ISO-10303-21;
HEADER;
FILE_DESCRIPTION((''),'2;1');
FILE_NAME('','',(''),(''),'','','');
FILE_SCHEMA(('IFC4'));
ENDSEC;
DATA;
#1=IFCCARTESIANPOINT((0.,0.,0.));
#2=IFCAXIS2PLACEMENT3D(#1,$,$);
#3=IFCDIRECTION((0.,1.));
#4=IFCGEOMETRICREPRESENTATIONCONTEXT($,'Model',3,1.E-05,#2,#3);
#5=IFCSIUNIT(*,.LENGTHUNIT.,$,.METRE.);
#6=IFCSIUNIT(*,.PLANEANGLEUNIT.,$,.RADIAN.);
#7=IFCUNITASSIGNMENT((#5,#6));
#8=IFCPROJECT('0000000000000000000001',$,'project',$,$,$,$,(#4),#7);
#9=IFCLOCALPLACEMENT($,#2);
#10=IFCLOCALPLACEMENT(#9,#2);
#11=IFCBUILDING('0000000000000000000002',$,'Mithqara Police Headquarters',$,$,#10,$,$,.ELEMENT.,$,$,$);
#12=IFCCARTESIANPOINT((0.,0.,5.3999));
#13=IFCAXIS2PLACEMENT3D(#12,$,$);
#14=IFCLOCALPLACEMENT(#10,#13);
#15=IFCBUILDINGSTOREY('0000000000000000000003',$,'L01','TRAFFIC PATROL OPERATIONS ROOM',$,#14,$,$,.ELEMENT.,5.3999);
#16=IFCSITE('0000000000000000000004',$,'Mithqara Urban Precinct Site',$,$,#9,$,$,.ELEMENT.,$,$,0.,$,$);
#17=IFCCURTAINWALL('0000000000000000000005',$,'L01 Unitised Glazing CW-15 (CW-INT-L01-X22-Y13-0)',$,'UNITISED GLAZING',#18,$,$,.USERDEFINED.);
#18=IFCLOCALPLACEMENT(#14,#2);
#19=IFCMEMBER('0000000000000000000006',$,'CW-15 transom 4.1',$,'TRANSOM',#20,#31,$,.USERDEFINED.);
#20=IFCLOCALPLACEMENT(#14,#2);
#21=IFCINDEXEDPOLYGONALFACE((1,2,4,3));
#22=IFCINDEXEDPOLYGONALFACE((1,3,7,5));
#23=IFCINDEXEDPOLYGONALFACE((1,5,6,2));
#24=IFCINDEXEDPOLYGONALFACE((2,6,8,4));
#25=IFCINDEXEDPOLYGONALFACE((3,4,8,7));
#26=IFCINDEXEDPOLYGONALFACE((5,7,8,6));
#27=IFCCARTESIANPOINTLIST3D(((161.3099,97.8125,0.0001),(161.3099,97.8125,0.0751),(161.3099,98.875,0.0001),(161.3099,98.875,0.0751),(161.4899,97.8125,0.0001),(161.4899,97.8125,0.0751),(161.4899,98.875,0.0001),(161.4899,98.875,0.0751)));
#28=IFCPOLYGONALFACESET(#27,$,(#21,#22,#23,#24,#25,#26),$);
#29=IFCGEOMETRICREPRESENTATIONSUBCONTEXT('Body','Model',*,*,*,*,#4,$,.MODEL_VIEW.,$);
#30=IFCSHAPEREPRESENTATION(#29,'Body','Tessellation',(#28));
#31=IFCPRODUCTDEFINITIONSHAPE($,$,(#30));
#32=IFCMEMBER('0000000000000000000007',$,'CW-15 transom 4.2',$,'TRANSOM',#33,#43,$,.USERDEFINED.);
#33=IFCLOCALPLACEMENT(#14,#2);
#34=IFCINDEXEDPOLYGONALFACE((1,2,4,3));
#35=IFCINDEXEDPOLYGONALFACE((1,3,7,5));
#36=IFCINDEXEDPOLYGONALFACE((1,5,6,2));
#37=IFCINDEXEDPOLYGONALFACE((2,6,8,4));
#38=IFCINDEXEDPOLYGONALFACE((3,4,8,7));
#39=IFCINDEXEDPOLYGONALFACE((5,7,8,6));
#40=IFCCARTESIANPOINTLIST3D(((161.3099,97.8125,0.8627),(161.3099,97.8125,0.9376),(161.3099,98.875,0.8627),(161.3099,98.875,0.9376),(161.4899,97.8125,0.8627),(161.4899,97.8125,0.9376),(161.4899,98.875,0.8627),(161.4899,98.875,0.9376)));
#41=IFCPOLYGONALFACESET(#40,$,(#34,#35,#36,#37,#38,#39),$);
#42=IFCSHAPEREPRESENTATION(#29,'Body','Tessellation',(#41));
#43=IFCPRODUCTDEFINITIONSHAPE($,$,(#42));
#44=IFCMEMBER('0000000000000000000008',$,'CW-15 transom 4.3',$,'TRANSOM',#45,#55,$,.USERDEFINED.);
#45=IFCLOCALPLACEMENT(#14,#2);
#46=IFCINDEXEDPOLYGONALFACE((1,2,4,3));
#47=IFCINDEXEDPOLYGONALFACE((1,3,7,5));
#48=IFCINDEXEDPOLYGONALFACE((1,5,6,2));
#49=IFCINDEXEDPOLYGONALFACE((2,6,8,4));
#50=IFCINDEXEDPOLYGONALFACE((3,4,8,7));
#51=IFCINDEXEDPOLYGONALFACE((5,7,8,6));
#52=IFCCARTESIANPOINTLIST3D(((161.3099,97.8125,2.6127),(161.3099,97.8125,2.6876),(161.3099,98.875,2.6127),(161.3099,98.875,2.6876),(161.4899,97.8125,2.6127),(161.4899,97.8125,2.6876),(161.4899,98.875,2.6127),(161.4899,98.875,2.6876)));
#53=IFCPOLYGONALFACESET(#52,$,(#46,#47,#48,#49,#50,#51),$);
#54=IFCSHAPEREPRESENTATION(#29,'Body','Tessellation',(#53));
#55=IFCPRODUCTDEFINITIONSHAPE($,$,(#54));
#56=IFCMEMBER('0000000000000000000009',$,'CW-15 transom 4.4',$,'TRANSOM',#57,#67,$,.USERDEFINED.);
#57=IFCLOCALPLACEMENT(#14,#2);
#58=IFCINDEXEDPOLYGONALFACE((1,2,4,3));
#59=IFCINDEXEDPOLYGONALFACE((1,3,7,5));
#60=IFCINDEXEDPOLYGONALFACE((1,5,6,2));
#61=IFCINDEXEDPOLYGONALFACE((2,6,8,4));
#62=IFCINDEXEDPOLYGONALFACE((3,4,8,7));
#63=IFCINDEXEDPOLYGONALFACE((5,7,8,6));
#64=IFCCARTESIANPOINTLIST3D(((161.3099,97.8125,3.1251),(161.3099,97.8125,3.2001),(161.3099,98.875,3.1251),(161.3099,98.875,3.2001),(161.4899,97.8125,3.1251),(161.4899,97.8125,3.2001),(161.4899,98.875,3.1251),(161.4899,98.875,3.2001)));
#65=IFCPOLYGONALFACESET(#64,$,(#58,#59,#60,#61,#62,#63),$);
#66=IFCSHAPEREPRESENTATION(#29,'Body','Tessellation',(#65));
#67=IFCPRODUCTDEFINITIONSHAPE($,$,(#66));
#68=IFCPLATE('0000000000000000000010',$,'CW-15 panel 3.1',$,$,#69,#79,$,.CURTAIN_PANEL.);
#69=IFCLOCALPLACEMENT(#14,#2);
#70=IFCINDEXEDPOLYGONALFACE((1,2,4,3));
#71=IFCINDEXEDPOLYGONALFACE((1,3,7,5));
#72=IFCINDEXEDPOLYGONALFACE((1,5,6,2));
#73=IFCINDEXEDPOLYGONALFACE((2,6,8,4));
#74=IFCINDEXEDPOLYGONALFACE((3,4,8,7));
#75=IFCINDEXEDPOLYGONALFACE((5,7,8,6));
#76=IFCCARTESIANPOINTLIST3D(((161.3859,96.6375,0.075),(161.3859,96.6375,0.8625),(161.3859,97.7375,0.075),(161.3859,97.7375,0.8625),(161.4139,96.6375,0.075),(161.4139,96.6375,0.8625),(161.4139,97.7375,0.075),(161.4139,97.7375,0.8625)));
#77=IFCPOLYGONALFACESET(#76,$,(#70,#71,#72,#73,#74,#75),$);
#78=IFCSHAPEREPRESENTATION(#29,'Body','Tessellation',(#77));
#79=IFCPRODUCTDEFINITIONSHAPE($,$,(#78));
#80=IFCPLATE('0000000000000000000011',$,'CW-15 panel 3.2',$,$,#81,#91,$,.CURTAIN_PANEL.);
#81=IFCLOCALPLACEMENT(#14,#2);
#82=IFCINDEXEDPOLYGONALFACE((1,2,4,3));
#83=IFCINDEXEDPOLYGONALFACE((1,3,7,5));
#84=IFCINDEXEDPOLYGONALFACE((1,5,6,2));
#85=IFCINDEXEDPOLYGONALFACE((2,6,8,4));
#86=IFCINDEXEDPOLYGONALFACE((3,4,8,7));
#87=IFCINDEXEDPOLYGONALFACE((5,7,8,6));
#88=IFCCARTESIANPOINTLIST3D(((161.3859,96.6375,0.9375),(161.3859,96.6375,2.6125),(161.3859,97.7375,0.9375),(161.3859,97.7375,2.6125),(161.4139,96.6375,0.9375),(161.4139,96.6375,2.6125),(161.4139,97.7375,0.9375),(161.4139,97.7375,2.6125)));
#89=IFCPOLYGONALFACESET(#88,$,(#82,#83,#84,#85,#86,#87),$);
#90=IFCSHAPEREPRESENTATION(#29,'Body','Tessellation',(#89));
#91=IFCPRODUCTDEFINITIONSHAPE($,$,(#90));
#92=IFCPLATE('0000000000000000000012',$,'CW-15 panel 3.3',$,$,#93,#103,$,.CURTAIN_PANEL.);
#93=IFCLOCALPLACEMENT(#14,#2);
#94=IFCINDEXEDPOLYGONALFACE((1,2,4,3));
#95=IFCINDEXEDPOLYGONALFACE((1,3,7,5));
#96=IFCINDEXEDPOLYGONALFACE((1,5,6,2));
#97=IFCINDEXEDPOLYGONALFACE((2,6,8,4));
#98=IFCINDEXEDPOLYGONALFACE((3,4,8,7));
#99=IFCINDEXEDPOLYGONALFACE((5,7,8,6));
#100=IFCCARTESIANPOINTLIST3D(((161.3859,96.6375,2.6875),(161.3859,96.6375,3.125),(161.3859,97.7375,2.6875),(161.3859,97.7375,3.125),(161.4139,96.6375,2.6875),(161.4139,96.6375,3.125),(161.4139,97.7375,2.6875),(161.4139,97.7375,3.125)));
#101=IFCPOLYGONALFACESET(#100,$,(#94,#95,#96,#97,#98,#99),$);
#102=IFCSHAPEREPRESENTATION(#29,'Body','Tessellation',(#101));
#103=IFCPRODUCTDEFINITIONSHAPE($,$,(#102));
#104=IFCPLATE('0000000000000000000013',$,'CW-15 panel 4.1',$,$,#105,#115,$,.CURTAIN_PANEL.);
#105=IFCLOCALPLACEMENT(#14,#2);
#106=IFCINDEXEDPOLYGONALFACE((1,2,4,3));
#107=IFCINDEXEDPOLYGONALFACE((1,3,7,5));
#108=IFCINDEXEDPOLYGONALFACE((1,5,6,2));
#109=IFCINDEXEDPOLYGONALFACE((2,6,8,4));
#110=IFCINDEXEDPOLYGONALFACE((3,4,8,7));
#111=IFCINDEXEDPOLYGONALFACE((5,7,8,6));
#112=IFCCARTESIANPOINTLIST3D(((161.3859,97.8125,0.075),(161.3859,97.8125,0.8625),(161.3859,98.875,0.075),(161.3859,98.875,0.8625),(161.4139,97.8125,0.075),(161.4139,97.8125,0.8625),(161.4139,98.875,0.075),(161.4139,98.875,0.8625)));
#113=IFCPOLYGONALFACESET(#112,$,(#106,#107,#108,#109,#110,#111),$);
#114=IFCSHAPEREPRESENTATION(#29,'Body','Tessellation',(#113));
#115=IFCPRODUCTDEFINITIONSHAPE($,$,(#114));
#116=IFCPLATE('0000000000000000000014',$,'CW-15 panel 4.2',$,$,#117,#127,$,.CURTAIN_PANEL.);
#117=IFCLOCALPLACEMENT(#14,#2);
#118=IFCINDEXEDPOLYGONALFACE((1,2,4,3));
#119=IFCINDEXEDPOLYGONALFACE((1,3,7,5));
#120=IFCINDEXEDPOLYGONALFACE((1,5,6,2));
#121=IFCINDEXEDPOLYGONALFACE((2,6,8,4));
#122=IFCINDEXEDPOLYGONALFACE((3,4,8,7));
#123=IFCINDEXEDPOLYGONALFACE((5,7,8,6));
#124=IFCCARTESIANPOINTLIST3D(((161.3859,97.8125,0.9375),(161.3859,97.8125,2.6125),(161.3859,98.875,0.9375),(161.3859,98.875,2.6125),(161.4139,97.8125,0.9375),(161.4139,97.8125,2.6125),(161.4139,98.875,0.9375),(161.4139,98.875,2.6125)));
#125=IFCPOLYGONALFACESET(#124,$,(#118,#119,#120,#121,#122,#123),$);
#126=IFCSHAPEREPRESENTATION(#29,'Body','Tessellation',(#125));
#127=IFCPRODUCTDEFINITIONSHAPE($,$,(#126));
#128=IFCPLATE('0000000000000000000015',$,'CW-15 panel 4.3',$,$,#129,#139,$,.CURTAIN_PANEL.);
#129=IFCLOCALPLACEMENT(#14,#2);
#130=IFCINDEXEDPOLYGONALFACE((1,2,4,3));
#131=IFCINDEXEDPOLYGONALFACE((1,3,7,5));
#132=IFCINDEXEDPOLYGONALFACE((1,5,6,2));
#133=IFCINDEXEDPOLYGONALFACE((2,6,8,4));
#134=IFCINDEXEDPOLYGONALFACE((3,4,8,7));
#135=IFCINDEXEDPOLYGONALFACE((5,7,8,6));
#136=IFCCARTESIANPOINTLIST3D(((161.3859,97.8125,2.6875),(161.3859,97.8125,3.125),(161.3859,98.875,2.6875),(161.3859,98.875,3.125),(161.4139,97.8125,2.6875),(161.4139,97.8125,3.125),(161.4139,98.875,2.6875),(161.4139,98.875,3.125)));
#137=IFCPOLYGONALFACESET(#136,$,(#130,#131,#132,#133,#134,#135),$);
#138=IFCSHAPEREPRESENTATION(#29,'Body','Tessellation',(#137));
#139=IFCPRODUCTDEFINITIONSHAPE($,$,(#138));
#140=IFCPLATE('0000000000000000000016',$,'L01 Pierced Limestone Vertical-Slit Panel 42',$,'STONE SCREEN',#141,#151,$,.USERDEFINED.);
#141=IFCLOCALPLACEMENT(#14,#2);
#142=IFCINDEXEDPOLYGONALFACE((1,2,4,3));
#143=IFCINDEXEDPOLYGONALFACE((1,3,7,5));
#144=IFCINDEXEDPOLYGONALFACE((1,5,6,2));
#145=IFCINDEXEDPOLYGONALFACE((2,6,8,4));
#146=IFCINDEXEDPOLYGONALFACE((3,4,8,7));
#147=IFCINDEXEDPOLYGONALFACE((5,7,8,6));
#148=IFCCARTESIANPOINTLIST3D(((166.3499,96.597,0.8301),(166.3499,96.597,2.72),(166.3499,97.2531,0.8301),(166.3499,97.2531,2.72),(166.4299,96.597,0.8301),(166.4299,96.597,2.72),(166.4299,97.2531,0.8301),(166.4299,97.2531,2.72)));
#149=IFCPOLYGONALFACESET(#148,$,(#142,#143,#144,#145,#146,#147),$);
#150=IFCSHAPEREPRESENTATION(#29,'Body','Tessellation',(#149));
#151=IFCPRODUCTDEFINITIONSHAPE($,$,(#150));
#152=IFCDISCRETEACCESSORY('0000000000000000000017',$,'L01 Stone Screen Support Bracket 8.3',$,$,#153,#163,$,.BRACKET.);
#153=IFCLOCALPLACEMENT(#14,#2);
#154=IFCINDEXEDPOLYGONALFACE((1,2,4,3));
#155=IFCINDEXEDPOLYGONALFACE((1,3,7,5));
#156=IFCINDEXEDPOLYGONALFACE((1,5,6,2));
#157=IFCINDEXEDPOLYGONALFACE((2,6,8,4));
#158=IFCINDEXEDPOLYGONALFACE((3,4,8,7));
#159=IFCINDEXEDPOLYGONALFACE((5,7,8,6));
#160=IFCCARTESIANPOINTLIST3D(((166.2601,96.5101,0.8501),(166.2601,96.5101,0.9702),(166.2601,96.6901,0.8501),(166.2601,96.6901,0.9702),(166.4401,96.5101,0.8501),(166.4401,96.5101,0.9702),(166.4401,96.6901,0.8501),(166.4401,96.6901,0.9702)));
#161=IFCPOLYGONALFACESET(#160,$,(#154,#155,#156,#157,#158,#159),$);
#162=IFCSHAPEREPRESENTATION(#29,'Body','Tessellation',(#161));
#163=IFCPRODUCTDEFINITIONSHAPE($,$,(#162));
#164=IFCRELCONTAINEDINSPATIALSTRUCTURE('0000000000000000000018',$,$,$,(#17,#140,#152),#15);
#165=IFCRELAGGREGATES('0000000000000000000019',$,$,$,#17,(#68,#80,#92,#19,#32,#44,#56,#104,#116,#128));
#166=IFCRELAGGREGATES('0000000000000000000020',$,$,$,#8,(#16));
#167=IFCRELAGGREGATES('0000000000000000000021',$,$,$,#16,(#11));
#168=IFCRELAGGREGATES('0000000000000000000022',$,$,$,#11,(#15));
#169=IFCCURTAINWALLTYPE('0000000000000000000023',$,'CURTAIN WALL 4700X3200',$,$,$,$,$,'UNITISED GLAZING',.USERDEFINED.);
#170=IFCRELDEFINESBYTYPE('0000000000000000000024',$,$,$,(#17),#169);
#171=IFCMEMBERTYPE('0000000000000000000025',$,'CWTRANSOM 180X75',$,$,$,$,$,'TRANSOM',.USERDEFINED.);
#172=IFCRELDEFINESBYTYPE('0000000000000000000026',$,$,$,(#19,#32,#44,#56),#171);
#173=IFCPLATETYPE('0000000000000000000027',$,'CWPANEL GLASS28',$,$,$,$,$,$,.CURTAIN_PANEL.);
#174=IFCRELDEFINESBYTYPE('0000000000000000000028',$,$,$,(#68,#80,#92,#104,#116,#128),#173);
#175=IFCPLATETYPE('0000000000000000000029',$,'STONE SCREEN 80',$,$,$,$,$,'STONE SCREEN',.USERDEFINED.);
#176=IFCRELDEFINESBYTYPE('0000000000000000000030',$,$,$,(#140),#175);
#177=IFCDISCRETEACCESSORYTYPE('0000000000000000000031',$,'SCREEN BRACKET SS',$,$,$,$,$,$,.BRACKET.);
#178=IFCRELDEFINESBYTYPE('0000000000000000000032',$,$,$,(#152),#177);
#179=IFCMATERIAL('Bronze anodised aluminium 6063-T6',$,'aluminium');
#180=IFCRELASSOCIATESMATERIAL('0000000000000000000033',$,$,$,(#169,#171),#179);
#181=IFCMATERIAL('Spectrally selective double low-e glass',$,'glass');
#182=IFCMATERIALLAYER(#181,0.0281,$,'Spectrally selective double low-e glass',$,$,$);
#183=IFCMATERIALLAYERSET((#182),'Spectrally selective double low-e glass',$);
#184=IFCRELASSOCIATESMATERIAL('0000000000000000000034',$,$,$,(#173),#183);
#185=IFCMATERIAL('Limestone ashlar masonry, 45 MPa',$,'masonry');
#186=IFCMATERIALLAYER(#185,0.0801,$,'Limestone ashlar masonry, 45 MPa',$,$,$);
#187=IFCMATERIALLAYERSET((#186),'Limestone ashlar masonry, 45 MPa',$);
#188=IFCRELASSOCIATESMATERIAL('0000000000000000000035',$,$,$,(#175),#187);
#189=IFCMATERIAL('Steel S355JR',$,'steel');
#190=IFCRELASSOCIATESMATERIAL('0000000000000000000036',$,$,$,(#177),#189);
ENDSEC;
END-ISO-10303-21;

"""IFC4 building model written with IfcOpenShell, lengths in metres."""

from ifc_helpers import new_model, si_unit, direction, frame, origin, origin_2d, place, context, subcontext, project, spatial, rectangle, extrude, material, layer, layer_set, material_profile, profile_set, type_object, element, aggregate, save


model = new_model("IFC4")

# Units and contexts
model_context = context("Model", 3, precision=1e-05, world=origin(), true_north=direction((0.0, 1.0)))
body_context = subcontext(model_context, "Body", "Model", "MODEL_VIEW")
ifc_project = project(units=[si_unit("LENGTHUNIT", "METRE"), si_unit("PLANEANGLEUNIT", "RADIAN")], contexts=[model_context])

# Site, building, storey
site_placement = place(None, origin())
site = spatial("IfcSite", under=ifc_project, at=site_placement, Name="Mithqara Urban Precinct Site", CompositionType="ELEMENT", RefElevation=0.0)
building_placement = place(site_placement, origin())
building = spatial("IfcBuilding", under=site, at=building_placement, Name="Mithqara Police Headquarters", CompositionType="ELEMENT")
storey_placement = place(building_placement, frame((0.0, 0.0, 5.3999)))
storey = spatial("IfcBuildingStorey", under=building, at=storey_placement, Name="L01", Description="TRAFFIC PATROL OPERATIONS ROOM", CompositionType="ELEMENT", Elevation=5.3999)

# Shared definitions
ifc_material_1 = material(Name="Steel S355JR", Category="steel")

# Curtain wall
ifc_material_2 = material(Name="Bronze anodised aluminium 6063-T6", Category="aluminium")
curtain_wall_type = type_object("IfcCurtainWallType", Name="CURTAIN WALL 4700X3200", ElementType="UNITISED GLAZING", PredefinedType="USERDEFINED", material=ifc_material_2)
curtain_wall_1_placement = place(storey_placement, origin())
curtain_wall_1 = element("IfcCurtainWall", 1, at=curtain_wall_1_placement, inside=storey, type_object=curtain_wall_type, Name="L01 Unitised Glazing CW-15 (CW-INT-L01-X22-Y13-0)", ObjectType="UNITISED GLAZING", PredefinedType="USERDEFINED")

# Members
ifc_material_profile_1 = material_profile(ifc_material_2, rectangle(XDim=0.1799, YDim=0.075, at=origin_2d()), Name="CWT 180x75")
ifc_profile_set_1 = profile_set([ifc_material_profile_1], Name="Bronze anodised aluminium 6063-T6")
member_type_1 = type_object("IfcMemberType", Name="CWTRANSOM 180X75", ElementType="TRANSOM", PredefinedType="USERDEFINED", material=ifc_profile_set_1)
member_1_placement = place(storey_placement, frame((161.3999, 97.8125, 0.0376), z_axis=(0.0, 1.0, 0.0), x_axis=(-1.0, 0.0, 0.0)))
member_1 = element("IfcMember", 2, at=member_1_placement, type_object=member_type_1, Name="CW-15 transom 4.1", ObjectType="TRANSOM", PredefinedType="USERDEFINED", context=body_context, shape_type="SweptSolid", body=[
    extrude(rectangle(XDim=0.1799, YDim=0.075, at=origin_2d()), origin(), (0.0, 0.0, 1.0), 1.0625),
])
member_2_placement = place(storey_placement, frame((161.3999, 97.8125, 0.9001), z_axis=(0.0, 1.0, 0.0), x_axis=(-1.0, 0.0, 0.0)))
member_2 = element("IfcMember", 3, at=member_2_placement, type_object=member_type_1, Name="CW-15 transom 4.2", ObjectType="TRANSOM", PredefinedType="USERDEFINED", context=body_context, shape_type="SweptSolid", body=[
    extrude(rectangle(XDim=0.1799, YDim=0.075, at=origin_2d()), origin(), (0.0, 0.0, 1.0), 1.0625),
])
member_3_placement = place(storey_placement, frame((161.3999, 97.8125, 2.6501), z_axis=(0.0, 1.0, 0.0), x_axis=(-1.0, 0.0, 0.0)))
member_3 = element("IfcMember", 4, at=member_3_placement, type_object=member_type_1, Name="CW-15 transom 4.3", ObjectType="TRANSOM", PredefinedType="USERDEFINED", context=body_context, shape_type="SweptSolid", body=[
    extrude(rectangle(XDim=0.1799, YDim=0.075, at=origin_2d()), origin(), (0.0, 0.0, 1.0), 1.0625),
])
member_4_placement = place(storey_placement, frame((161.3999, 97.8125, 3.1626), z_axis=(0.0, 1.0, 0.0), x_axis=(-1.0, 0.0, 0.0)))
member_4 = element("IfcMember", 5, at=member_4_placement, type_object=member_type_1, Name="CW-15 transom 4.4", ObjectType="TRANSOM", PredefinedType="USERDEFINED", context=body_context, shape_type="SweptSolid", body=[
    extrude(rectangle(XDim=0.1799, YDim=0.075, at=origin_2d()), origin(), (0.0, 0.0, 1.0), 1.0625),
])

# Plates
ifc_material_3 = material(Name="Spectrally selective double low-e glass", Category="glass")
ifc_layer_1 = layer(ifc_material_3, 0.0281, Name="Spectrally selective double low-e glass")
ifc_layer_set_1 = layer_set([ifc_layer_1], Name="Spectrally selective double low-e glass")
plate_type_1 = type_object("IfcPlateType", Name="CWPANEL GLASS28", PredefinedType="CURTAIN_PANEL", material=ifc_layer_set_1)
plate_1_placement = place(storey_placement, frame((161.3999, 97.1875, 0.075), z_axis=(0.0, 0.0, 1.0), x_axis=(0.0, 1.0, 0.0)))
plate_1 = element("IfcPlate", 6, at=plate_1_placement, type_object=plate_type_1, Name="CW-15 panel 3.1", PredefinedType="CURTAIN_PANEL", context=body_context, shape_type="SweptSolid", body=[
    extrude(rectangle(XDim=1.1001, YDim=0.0281, at=origin_2d()), origin(), (0.0, 0.0, 1.0), 0.7876),
])
plate_2_placement = place(storey_placement, frame((161.3999, 97.1875, 0.9375), z_axis=(0.0, 0.0, 1.0), x_axis=(0.0, 1.0, 0.0)))
plate_2 = element("IfcPlate", 7, at=plate_2_placement, type_object=plate_type_1, Name="CW-15 panel 3.2", PredefinedType="CURTAIN_PANEL", context=body_context, shape_type="SweptSolid", body=[
    extrude(rectangle(XDim=1.1001, YDim=0.0281, at=origin_2d()), origin(), (0.0, 0.0, 1.0), 1.675),
])
plate_3_placement = place(storey_placement, frame((161.3999, 97.1875, 2.6875), z_axis=(0.0, 0.0, 1.0), x_axis=(0.0, 1.0, 0.0)))
plate_3 = element("IfcPlate", 8, at=plate_3_placement, type_object=plate_type_1, Name="CW-15 panel 3.3", PredefinedType="CURTAIN_PANEL", context=body_context, shape_type="SweptSolid", body=[
    extrude(rectangle(XDim=1.1001, YDim=0.0281, at=origin_2d()), origin(), (0.0, 0.0, 1.0), 0.4375),
])
plate_4_placement = place(storey_placement, frame((161.3999, 98.3438, 0.075), z_axis=(0.0, 0.0, 1.0), x_axis=(0.0, 1.0, 0.0)))
plate_4 = element("IfcPlate", 9, at=plate_4_placement, type_object=plate_type_1, Name="CW-15 panel 4.1", PredefinedType="CURTAIN_PANEL", context=body_context, shape_type="SweptSolid", body=[
    extrude(rectangle(XDim=1.0625, YDim=0.0281, at=origin_2d()), origin(), (0.0, 0.0, 1.0), 0.7876),
])
plate_5_placement = place(storey_placement, frame((161.3999, 98.3438, 0.9375), z_axis=(0.0, 0.0, 1.0), x_axis=(0.0, 1.0, 0.0)))
plate_5 = element("IfcPlate", 10, at=plate_5_placement, type_object=plate_type_1, Name="CW-15 panel 4.2", PredefinedType="CURTAIN_PANEL", context=body_context, shape_type="SweptSolid", body=[
    extrude(rectangle(XDim=1.0625, YDim=0.0281, at=origin_2d()), origin(), (0.0, 0.0, 1.0), 1.675),
])
plate_6_placement = place(storey_placement, frame((161.3999, 98.3438, 2.6875), z_axis=(0.0, 0.0, 1.0), x_axis=(0.0, 1.0, 0.0)))
plate_6 = element("IfcPlate", 11, at=plate_6_placement, type_object=plate_type_1, Name="CW-15 panel 4.3", PredefinedType="CURTAIN_PANEL", context=body_context, shape_type="SweptSolid", body=[
    extrude(rectangle(XDim=1.0625, YDim=0.0281, at=origin_2d()), origin(), (0.0, 0.0, 1.0), 0.4375),
])
aggregate(curtain_wall_1, [plate_1, plate_2, plate_3, member_1, member_2, member_3, member_4, plate_4, plate_5, plate_6])
ifc_material_4 = material(Name="Limestone ashlar masonry, 45 MPa", Category="masonry")
ifc_layer_2 = layer(ifc_material_4, 0.0801, Name="Limestone ashlar masonry, 45 MPa")
ifc_layer_set_2 = layer_set([ifc_layer_2], Name="Limestone ashlar masonry, 45 MPa")
plate_type_2 = type_object("IfcPlateType", Name="STONE SCREEN 80", ElementType="STONE SCREEN", PredefinedType="USERDEFINED", material=ifc_layer_set_2)
plate_7_placement = place(storey_placement, frame((166.3899, 96.925, 0.8301), z_axis=(0.0, 0.0, 1.0), x_axis=(0.0, 1.0, 0.0)))
element("IfcPlate", 12, at=plate_7_placement, inside=storey, type_object=plate_type_2, Name="L01 Pierced Limestone Vertical-Slit Panel 42", ObjectType="STONE SCREEN", PredefinedType="USERDEFINED", context=body_context, shape_type="SweptSolid", body=[
    extrude(rectangle(XDim=0.656, YDim=0.0801, at=origin_2d()), origin(), (0.0, 0.0, 1.0), 1.8899),
])

# Discrete accessory
discrete_accessory_type = type_object("IfcDiscreteAccessoryType", Name="SCREEN BRACKET SS", PredefinedType="BRACKET", material=ifc_material_1)
discrete_accessory_placement = place(storey_placement, frame((166.3501, 96.6001, 0.8501), z_axis=(0.0, 0.0, 1.0), x_axis=(0.0, 1.0, 0.0)))
element("IfcDiscreteAccessory", 13, at=discrete_accessory_placement, inside=storey, type_object=discrete_accessory_type, Name="L01 Stone Screen Support Bracket 8.3", PredefinedType="BRACKET", context=body_context, shape_type="SweptSolid", body=[
    extrude(rectangle(XDim=0.1799, YDim=0.1799, at=origin_2d()), origin(), (0.0, 0.0, 1.0), 0.1201),
])

save(model, "model.ifc")
